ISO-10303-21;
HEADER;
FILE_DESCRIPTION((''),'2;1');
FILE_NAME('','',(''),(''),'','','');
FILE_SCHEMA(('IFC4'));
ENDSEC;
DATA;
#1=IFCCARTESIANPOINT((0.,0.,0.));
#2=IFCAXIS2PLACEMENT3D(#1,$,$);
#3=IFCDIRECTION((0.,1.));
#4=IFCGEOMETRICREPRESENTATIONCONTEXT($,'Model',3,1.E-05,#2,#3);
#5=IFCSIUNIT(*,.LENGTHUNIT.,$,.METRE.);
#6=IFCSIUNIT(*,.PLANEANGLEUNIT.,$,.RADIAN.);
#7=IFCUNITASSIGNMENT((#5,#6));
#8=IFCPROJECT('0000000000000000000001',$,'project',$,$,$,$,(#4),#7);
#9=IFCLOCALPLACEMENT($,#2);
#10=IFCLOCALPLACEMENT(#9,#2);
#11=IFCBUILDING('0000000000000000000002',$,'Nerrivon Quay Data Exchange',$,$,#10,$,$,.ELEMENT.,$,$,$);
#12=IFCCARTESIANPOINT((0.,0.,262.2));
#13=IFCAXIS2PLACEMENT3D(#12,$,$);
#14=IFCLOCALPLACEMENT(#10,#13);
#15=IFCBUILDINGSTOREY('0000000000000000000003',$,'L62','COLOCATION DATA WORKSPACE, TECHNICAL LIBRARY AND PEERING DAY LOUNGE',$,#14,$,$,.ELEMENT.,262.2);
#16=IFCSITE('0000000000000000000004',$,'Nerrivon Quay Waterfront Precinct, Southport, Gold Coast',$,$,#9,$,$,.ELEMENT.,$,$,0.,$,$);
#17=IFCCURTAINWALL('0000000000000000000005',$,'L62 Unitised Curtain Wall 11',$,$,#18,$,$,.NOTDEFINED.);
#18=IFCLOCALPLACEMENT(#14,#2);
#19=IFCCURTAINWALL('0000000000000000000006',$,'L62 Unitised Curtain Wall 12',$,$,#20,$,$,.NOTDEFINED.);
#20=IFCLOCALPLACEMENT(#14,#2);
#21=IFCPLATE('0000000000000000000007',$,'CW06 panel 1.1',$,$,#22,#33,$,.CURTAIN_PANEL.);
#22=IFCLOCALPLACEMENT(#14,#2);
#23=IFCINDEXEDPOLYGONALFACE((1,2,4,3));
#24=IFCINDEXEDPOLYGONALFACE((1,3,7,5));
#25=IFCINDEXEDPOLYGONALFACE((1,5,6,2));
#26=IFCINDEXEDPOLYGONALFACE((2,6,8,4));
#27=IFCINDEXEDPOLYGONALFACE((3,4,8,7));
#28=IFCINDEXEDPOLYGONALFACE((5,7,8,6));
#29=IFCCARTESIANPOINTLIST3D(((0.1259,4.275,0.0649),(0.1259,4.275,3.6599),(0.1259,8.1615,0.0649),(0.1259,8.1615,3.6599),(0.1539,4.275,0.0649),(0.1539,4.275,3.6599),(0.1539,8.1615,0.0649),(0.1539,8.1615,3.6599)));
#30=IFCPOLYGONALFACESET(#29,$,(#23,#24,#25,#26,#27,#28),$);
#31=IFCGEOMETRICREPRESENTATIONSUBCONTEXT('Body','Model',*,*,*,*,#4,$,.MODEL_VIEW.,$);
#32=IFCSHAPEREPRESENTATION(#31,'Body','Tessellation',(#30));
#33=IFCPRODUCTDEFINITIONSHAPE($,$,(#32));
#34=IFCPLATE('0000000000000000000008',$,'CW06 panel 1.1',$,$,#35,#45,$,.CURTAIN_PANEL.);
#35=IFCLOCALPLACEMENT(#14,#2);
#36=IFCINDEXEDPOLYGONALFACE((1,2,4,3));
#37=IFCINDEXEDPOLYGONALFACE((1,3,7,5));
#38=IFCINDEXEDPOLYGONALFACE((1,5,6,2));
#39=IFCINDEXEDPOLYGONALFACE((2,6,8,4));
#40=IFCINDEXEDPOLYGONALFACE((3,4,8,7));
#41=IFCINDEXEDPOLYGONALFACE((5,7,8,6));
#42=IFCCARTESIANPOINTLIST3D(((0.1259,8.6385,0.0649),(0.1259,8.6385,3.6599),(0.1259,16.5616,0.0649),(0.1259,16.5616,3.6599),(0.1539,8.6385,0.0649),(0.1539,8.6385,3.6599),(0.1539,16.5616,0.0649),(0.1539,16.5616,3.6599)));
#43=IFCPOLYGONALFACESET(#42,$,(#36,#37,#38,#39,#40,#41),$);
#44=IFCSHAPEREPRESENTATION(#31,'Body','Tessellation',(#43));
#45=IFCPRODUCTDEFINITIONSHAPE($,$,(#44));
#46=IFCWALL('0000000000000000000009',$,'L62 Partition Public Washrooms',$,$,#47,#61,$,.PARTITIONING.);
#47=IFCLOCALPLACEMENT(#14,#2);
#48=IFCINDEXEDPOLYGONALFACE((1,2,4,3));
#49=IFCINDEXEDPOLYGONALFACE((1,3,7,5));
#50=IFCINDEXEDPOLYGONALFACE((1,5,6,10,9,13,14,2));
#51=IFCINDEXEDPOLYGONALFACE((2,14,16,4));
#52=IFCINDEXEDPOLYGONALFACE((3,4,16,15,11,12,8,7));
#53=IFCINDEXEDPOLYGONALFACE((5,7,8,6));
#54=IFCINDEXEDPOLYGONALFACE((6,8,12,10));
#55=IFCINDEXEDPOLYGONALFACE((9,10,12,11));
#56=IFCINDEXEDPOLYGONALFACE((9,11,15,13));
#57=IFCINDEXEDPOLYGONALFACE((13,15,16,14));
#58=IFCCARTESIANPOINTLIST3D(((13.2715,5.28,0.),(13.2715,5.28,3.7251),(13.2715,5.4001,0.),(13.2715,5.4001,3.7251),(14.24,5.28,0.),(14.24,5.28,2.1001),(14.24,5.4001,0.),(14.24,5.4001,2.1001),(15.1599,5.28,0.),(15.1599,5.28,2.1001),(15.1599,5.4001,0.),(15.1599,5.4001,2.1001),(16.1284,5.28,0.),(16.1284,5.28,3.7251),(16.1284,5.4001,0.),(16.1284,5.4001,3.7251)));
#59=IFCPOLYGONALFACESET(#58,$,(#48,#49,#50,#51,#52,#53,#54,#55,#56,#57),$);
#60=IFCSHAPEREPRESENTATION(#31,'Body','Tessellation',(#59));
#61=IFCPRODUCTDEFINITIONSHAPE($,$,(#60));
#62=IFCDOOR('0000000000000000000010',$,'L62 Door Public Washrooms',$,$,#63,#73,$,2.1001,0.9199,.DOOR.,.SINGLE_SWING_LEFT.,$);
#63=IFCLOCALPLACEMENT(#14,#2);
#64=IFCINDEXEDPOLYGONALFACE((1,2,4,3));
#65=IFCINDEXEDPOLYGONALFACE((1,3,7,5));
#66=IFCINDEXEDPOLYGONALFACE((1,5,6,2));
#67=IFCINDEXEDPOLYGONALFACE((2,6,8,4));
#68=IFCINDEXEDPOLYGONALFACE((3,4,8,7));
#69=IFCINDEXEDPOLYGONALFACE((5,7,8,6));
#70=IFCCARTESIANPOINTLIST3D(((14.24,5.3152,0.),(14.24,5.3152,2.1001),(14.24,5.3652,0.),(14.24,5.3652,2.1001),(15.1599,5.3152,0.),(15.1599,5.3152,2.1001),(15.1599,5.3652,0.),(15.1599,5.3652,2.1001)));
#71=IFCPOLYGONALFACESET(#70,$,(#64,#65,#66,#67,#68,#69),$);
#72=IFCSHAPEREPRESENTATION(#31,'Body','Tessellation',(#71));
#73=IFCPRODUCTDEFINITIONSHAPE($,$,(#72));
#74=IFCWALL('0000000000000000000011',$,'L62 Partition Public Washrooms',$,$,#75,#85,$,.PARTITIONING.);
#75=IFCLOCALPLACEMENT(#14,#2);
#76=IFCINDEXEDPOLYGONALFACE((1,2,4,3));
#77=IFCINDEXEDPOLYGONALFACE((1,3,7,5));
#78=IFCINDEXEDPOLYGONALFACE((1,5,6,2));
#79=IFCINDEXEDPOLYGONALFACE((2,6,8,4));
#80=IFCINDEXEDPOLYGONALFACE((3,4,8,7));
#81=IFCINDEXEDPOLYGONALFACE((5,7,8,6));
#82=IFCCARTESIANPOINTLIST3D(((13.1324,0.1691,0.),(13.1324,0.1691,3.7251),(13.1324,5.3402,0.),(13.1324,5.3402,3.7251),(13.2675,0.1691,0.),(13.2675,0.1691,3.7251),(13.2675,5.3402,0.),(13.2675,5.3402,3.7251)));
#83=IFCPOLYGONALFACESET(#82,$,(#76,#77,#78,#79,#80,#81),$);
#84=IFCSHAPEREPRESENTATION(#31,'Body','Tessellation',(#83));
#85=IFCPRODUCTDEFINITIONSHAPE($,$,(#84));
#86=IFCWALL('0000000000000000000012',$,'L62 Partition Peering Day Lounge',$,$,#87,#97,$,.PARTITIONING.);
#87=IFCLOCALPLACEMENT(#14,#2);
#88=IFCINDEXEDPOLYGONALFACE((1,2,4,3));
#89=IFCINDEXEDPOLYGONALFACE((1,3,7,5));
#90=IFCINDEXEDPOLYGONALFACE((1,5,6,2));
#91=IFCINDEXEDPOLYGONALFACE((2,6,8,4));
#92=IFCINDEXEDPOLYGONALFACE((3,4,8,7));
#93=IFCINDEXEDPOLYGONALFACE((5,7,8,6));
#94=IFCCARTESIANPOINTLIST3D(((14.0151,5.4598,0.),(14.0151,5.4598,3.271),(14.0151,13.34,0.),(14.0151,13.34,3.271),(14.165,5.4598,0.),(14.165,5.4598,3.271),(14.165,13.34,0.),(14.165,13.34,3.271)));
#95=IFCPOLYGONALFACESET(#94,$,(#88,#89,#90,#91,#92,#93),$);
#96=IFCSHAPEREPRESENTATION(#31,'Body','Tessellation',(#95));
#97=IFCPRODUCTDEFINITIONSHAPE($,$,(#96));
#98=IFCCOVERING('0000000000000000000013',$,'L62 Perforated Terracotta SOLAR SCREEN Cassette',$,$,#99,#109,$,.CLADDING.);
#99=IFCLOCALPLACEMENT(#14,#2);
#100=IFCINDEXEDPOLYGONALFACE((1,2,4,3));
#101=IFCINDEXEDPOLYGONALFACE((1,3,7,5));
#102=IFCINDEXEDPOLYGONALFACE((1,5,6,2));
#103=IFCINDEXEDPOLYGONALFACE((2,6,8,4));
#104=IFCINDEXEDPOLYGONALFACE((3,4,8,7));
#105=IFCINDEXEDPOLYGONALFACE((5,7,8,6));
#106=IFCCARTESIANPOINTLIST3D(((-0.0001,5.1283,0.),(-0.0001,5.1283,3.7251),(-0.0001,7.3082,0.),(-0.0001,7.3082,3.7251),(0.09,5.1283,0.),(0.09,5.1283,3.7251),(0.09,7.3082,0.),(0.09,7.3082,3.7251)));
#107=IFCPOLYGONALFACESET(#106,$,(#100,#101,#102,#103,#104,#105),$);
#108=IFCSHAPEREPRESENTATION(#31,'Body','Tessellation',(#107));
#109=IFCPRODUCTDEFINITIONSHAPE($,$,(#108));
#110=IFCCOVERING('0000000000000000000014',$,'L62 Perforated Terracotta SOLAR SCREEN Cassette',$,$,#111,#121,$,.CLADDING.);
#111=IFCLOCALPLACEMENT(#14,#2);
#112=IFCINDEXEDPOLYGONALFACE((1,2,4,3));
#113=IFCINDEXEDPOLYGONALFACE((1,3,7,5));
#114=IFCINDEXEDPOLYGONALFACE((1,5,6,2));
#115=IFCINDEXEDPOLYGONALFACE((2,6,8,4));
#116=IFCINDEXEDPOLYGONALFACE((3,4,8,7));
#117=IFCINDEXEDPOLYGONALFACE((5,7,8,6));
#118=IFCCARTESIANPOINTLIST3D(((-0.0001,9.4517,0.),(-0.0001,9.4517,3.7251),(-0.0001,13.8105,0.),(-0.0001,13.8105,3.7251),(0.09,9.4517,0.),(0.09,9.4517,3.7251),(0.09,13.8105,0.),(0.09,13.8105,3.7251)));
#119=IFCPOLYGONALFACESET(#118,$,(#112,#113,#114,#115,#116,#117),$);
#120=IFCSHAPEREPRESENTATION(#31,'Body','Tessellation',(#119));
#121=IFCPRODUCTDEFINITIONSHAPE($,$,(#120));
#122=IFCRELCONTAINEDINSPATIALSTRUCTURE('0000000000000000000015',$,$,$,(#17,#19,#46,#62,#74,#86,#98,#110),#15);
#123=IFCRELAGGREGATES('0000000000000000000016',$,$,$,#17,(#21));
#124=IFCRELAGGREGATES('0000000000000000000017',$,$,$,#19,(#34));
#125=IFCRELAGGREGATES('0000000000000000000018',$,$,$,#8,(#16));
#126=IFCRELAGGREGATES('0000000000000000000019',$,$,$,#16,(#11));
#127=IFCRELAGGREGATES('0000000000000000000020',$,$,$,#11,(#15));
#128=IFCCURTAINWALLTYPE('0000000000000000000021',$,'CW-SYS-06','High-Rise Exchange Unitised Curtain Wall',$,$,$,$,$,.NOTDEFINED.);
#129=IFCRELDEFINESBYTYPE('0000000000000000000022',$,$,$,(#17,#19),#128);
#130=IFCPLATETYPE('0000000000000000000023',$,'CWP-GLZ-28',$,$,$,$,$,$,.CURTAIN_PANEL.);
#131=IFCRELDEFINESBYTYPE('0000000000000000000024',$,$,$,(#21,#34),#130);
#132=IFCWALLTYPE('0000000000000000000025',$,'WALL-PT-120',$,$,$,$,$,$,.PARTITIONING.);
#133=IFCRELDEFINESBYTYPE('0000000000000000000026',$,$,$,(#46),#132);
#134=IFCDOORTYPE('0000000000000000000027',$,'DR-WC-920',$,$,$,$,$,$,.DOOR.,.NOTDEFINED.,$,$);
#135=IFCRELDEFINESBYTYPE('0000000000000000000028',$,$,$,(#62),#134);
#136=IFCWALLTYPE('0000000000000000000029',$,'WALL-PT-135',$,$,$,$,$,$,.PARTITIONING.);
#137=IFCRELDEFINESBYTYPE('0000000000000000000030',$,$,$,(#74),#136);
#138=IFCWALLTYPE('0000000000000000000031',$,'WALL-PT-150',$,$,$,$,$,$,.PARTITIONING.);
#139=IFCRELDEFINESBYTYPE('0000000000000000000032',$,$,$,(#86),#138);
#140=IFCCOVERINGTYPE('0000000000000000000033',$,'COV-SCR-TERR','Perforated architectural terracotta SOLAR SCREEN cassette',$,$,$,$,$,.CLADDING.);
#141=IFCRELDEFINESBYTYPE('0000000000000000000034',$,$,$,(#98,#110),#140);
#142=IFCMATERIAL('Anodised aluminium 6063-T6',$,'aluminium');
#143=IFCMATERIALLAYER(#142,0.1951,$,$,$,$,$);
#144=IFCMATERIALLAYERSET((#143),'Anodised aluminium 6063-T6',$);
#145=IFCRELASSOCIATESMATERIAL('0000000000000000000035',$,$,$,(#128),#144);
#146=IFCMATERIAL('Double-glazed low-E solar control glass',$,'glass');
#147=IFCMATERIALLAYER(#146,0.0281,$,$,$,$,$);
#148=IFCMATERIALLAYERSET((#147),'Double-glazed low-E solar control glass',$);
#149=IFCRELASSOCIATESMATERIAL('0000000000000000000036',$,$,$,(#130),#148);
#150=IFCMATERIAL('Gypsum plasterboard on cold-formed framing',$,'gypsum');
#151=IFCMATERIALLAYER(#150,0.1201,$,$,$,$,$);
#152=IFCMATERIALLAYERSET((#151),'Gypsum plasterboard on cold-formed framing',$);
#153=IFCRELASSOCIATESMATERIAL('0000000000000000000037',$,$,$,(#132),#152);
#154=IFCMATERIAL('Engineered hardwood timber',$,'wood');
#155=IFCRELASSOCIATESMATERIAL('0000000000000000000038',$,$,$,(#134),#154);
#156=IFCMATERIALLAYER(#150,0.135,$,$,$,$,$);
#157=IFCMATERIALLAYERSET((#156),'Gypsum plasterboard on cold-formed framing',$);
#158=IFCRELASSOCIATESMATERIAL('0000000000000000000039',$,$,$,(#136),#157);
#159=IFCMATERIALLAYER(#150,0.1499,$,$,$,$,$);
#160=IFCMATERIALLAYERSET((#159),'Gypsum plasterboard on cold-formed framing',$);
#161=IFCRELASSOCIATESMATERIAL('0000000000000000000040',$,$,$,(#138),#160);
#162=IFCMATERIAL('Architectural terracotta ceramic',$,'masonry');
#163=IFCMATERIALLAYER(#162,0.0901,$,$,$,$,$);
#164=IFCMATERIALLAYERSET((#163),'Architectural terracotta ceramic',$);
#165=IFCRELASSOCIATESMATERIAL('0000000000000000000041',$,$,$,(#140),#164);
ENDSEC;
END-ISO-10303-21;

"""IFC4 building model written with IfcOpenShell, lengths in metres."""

from ifc_helpers import new_model, si_unit, direction, frame, frame_2d, origin, origin_2d, place, context, subcontext, project, spatial, rectangle, extrude, material, layer, layer_set, type_object, element, fill, aggregate, save


model = new_model("IFC4")

# Units and contexts
model_context = context("Model", 3, precision=1e-05, world=origin(), true_north=direction((0.0, 1.0)))
body_context = subcontext(model_context, "Body", "Model", "MODEL_VIEW")
ifc_project = project(units=[si_unit("LENGTHUNIT", "METRE"), si_unit("PLANEANGLEUNIT", "RADIAN")], contexts=[model_context])

# Site, building, storey
site_placement = place(None, origin())
site = spatial("IfcSite", under=ifc_project, at=site_placement, Name="Nerrivon Quay Waterfront Precinct, Southport, Gold Coast", CompositionType="ELEMENT", RefElevation=0.0)
building_placement = place(site_placement, origin())
building = spatial("IfcBuilding", under=site, at=building_placement, Name="Nerrivon Quay Data Exchange", CompositionType="ELEMENT")
storey_placement = place(building_placement, frame((0.0, 0.0, 262.2)))
storey = spatial("IfcBuildingStorey", under=building, at=storey_placement, Name="L62", Description="COLOCATION DATA WORKSPACE, TECHNICAL LIBRARY AND PEERING DAY LOUNGE", CompositionType="ELEMENT", Elevation=262.2)

# Curtain wall
ifc_material_1 = material(Name="Anodised aluminium 6063-T6", Category="aluminium")
ifc_layer_1 = layer(ifc_material_1, 0.1951)
ifc_layer_set_1 = layer_set([ifc_layer_1], Name="Anodised aluminium 6063-T6")
curtain_wall_type = type_object("IfcCurtainWallType", Name="CW-SYS-06", Description="High-Rise Exchange Unitised Curtain Wall", PredefinedType="NOTDEFINED", material=ifc_layer_set_1)
curtain_wall_1_placement = place(storey_placement, origin())
curtain_wall_1 = element("IfcCurtainWall", 1, at=curtain_wall_1_placement, inside=storey, type_object=curtain_wall_type, Name="L62 Unitised Curtain Wall 11", PredefinedType="NOTDEFINED")

# Curtain wall
curtain_wall_2_placement = place(storey_placement, origin())
curtain_wall_2 = element("IfcCurtainWall", 2, at=curtain_wall_2_placement, inside=storey, type_object=curtain_wall_type, Name="L62 Unitised Curtain Wall 12", PredefinedType="NOTDEFINED")

# Plates
ifc_material_2 = material(Name="Double-glazed low-E solar control glass", Category="glass")
ifc_layer_2 = layer(ifc_material_2, 0.0281)
ifc_layer_set_2 = layer_set([ifc_layer_2], Name="Double-glazed low-E solar control glass")
plate_type = type_object("IfcPlateType", Name="CWP-GLZ-28", PredefinedType="CURTAIN_PANEL", material=ifc_layer_set_2)
plate_1_placement = place(storey_placement, frame((0.1399, 6.2183, 0.0649), z_axis=(0.0, 0.0, 1.0), x_axis=(0.0, 1.0, 0.0)))
plate_1 = element("IfcPlate", 3, at=plate_1_placement, type_object=plate_type, Name="CW06 panel 1.1", PredefinedType="CURTAIN_PANEL", context=body_context, shape_type="SweptSolid", body=[
    extrude(rectangle(XDim=3.8865, YDim=0.0281, at=origin_2d()), origin(), (0.0, 0.0, 1.0), 3.595),
])
aggregate(curtain_wall_1, [plate_1])
plate_2_placement = place(storey_placement, frame((0.1399, 12.6001, 0.0649), z_axis=(0.0, 0.0, 1.0), x_axis=(0.0, 1.0, 0.0)))
plate_2 = element("IfcPlate", 4, at=plate_2_placement, type_object=plate_type, Name="CW06 panel 1.1", PredefinedType="CURTAIN_PANEL", context=body_context, shape_type="SweptSolid", body=[
    extrude(rectangle(XDim=7.9231, YDim=0.0281, at=origin_2d()), origin(), (0.0, 0.0, 1.0), 3.595),
])
aggregate(curtain_wall_2, [plate_2])

# Wall, opening, door
ifc_material_3 = material(Name="Gypsum plasterboard on cold-formed framing", Category="gypsum")
ifc_layer_3 = layer(ifc_material_3, 0.1201)
ifc_layer_set_3 = layer_set([ifc_layer_3], Name="Gypsum plasterboard on cold-formed framing")
wall_type_1 = type_object("IfcWallType", Name="WALL-PT-120", PredefinedType="PARTITIONING", material=ifc_layer_set_3)
wall_1_placement = place(storey_placement, frame((16.1284, 5.3401, 0.0), z_axis=(0.0, 0.0, 1.0), x_axis=(-1.0, 0.0, 0.0)))
wall_1 = element("IfcWall", 5, at=wall_1_placement, inside=storey, type_object=wall_type_1, Name="L62 Partition Public Washrooms", PredefinedType="PARTITIONING", context=body_context, shape_type="SweptSolid", body=[
    extrude(rectangle(XDim=2.8569, YDim=0.1201, at=frame_2d((1.4285, 0.0))), origin(), (0.0, 0.0, 1.0), 3.7251),
])
opening_placement = place(wall_1_placement, frame((0.9685, 0.0, 0.0)))
opening = element("IfcOpeningElement", 6, at=opening_placement, cuts=wall_1, PredefinedType="OPENING", context=body_context, shape_type="SweptSolid", body=[
    extrude(rectangle(XDim=0.9199, YDim=2.1001, at=frame_2d((0.46, 1.05))), frame((0.0, 0.0701, 0.0), z_axis=(0.0, -1.0, 0.0), x_axis=(1.0, 0.0, 0.0)), (0.0, 0.0, 1.0), 0.1401),
])
ifc_material_4 = material(Name="Engineered hardwood timber", Category="wood")
door_type = type_object("IfcDoorType", Name="DR-WC-920", OperationType="NOTDEFINED", PredefinedType="DOOR", material=ifc_material_4)
door_placement = place(opening_placement, origin())
door = element("IfcDoor", 7, at=door_placement, inside=storey, type_object=door_type, Name="L62 Door Public Washrooms", OperationType="SINGLE_SWING_LEFT", OverallHeight=2.1001, OverallWidth=0.9199, PredefinedType="DOOR", context=body_context, shape_type="SweptSolid", body=[
    extrude(rectangle(XDim=0.9199, YDim=2.1001, at=frame_2d((0.46, 1.05))), frame((0.0, 0.0249, 0.0), z_axis=(0.0, -1.0, 0.0), x_axis=(1.0, 0.0, 0.0)), (0.0, 0.0, 1.0), 0.05),
])
fill(opening, door)

# Walls
ifc_layer_4 = layer(ifc_material_3, 0.135)
ifc_layer_set_4 = layer_set([ifc_layer_4], Name="Gypsum plasterboard on cold-formed framing")
wall_type_2 = type_object("IfcWallType", Name="WALL-PT-135", PredefinedType="PARTITIONING", material=ifc_layer_set_4)
wall_2_placement = place(storey_placement, frame((13.2, 5.3401, 0.0), z_axis=(0.0, 0.0, 1.0), x_axis=(0.0, -1.0, 0.0)))
element("IfcWall", 8, at=wall_2_placement, inside=storey, type_object=wall_type_2, Name="L62 Partition Public Washrooms", PredefinedType="PARTITIONING", context=body_context, shape_type="SweptSolid", body=[
    extrude(rectangle(XDim=5.1711, YDim=0.135, at=frame_2d((2.5854, 0.0))), origin(), (0.0, 0.0, 1.0), 3.7251),
])
ifc_layer_5 = layer(ifc_material_3, 0.1499)
ifc_layer_set_5 = layer_set([ifc_layer_5], Name="Gypsum plasterboard on cold-formed framing")
wall_type_3 = type_object("IfcWallType", Name="WALL-PT-150", PredefinedType="PARTITIONING", material=ifc_layer_set_5)
wall_3_placement = place(storey_placement, frame((14.0901, 5.46, 0.0), z_axis=(0.0, 0.0, 1.0), x_axis=(0.0, 1.0, 0.0)))
element("IfcWall", 9, at=wall_3_placement, inside=storey, type_object=wall_type_3, Name="L62 Partition Peering Day Lounge", PredefinedType="PARTITIONING", context=body_context, shape_type="SweptSolid", body=[
    extrude(rectangle(XDim=7.8801, YDim=0.1499, at=frame_2d((3.9399, 0.0))), origin(), (0.0, 0.0, 1.0), 3.271),
])

# Coverings
ifc_material_5 = material(Name="Architectural terracotta ceramic", Category="masonry")
ifc_layer_6 = layer(ifc_material_5, 0.0901)
ifc_layer_set_6 = layer_set([ifc_layer_6], Name="Architectural terracotta ceramic")
covering_type = type_object("IfcCoveringType", Name="COV-SCR-TERR", Description="Perforated architectural terracotta SOLAR SCREEN cassette", PredefinedType="CLADDING", material=ifc_layer_set_6)
covering_1_placement = place(storey_placement, frame((0.0449, 6.2183, 0.0), z_axis=(0.0, 0.0, 1.0), x_axis=(0.0, 1.0, 0.0)))
element("IfcCovering", 10, at=covering_1_placement, inside=storey, type_object=covering_type, Name="L62 Perforated Terracotta SOLAR SCREEN Cassette", PredefinedType="CLADDING", context=body_context, shape_type="SweptSolid", body=[
    extrude(rectangle(XDim=2.1799, YDim=0.0901, at=origin_2d()), origin(), (0.0, 0.0, 1.0), 3.7251),
])
covering_2_placement = place(storey_placement, frame((0.0449, 11.6311, 0.0), z_axis=(0.0, 0.0, 1.0), x_axis=(0.0, 1.0, 0.0)))
element("IfcCovering", 11, at=covering_2_placement, inside=storey, type_object=covering_type, Name="L62 Perforated Terracotta SOLAR SCREEN Cassette", PredefinedType="CLADDING", context=body_context, shape_type="SweptSolid", body=[
    extrude(rectangle(XDim=4.3589, YDim=0.0901, at=origin_2d()), origin(), (0.0, 0.0, 1.0), 3.7251),
])

save(model, "model.ifc")
